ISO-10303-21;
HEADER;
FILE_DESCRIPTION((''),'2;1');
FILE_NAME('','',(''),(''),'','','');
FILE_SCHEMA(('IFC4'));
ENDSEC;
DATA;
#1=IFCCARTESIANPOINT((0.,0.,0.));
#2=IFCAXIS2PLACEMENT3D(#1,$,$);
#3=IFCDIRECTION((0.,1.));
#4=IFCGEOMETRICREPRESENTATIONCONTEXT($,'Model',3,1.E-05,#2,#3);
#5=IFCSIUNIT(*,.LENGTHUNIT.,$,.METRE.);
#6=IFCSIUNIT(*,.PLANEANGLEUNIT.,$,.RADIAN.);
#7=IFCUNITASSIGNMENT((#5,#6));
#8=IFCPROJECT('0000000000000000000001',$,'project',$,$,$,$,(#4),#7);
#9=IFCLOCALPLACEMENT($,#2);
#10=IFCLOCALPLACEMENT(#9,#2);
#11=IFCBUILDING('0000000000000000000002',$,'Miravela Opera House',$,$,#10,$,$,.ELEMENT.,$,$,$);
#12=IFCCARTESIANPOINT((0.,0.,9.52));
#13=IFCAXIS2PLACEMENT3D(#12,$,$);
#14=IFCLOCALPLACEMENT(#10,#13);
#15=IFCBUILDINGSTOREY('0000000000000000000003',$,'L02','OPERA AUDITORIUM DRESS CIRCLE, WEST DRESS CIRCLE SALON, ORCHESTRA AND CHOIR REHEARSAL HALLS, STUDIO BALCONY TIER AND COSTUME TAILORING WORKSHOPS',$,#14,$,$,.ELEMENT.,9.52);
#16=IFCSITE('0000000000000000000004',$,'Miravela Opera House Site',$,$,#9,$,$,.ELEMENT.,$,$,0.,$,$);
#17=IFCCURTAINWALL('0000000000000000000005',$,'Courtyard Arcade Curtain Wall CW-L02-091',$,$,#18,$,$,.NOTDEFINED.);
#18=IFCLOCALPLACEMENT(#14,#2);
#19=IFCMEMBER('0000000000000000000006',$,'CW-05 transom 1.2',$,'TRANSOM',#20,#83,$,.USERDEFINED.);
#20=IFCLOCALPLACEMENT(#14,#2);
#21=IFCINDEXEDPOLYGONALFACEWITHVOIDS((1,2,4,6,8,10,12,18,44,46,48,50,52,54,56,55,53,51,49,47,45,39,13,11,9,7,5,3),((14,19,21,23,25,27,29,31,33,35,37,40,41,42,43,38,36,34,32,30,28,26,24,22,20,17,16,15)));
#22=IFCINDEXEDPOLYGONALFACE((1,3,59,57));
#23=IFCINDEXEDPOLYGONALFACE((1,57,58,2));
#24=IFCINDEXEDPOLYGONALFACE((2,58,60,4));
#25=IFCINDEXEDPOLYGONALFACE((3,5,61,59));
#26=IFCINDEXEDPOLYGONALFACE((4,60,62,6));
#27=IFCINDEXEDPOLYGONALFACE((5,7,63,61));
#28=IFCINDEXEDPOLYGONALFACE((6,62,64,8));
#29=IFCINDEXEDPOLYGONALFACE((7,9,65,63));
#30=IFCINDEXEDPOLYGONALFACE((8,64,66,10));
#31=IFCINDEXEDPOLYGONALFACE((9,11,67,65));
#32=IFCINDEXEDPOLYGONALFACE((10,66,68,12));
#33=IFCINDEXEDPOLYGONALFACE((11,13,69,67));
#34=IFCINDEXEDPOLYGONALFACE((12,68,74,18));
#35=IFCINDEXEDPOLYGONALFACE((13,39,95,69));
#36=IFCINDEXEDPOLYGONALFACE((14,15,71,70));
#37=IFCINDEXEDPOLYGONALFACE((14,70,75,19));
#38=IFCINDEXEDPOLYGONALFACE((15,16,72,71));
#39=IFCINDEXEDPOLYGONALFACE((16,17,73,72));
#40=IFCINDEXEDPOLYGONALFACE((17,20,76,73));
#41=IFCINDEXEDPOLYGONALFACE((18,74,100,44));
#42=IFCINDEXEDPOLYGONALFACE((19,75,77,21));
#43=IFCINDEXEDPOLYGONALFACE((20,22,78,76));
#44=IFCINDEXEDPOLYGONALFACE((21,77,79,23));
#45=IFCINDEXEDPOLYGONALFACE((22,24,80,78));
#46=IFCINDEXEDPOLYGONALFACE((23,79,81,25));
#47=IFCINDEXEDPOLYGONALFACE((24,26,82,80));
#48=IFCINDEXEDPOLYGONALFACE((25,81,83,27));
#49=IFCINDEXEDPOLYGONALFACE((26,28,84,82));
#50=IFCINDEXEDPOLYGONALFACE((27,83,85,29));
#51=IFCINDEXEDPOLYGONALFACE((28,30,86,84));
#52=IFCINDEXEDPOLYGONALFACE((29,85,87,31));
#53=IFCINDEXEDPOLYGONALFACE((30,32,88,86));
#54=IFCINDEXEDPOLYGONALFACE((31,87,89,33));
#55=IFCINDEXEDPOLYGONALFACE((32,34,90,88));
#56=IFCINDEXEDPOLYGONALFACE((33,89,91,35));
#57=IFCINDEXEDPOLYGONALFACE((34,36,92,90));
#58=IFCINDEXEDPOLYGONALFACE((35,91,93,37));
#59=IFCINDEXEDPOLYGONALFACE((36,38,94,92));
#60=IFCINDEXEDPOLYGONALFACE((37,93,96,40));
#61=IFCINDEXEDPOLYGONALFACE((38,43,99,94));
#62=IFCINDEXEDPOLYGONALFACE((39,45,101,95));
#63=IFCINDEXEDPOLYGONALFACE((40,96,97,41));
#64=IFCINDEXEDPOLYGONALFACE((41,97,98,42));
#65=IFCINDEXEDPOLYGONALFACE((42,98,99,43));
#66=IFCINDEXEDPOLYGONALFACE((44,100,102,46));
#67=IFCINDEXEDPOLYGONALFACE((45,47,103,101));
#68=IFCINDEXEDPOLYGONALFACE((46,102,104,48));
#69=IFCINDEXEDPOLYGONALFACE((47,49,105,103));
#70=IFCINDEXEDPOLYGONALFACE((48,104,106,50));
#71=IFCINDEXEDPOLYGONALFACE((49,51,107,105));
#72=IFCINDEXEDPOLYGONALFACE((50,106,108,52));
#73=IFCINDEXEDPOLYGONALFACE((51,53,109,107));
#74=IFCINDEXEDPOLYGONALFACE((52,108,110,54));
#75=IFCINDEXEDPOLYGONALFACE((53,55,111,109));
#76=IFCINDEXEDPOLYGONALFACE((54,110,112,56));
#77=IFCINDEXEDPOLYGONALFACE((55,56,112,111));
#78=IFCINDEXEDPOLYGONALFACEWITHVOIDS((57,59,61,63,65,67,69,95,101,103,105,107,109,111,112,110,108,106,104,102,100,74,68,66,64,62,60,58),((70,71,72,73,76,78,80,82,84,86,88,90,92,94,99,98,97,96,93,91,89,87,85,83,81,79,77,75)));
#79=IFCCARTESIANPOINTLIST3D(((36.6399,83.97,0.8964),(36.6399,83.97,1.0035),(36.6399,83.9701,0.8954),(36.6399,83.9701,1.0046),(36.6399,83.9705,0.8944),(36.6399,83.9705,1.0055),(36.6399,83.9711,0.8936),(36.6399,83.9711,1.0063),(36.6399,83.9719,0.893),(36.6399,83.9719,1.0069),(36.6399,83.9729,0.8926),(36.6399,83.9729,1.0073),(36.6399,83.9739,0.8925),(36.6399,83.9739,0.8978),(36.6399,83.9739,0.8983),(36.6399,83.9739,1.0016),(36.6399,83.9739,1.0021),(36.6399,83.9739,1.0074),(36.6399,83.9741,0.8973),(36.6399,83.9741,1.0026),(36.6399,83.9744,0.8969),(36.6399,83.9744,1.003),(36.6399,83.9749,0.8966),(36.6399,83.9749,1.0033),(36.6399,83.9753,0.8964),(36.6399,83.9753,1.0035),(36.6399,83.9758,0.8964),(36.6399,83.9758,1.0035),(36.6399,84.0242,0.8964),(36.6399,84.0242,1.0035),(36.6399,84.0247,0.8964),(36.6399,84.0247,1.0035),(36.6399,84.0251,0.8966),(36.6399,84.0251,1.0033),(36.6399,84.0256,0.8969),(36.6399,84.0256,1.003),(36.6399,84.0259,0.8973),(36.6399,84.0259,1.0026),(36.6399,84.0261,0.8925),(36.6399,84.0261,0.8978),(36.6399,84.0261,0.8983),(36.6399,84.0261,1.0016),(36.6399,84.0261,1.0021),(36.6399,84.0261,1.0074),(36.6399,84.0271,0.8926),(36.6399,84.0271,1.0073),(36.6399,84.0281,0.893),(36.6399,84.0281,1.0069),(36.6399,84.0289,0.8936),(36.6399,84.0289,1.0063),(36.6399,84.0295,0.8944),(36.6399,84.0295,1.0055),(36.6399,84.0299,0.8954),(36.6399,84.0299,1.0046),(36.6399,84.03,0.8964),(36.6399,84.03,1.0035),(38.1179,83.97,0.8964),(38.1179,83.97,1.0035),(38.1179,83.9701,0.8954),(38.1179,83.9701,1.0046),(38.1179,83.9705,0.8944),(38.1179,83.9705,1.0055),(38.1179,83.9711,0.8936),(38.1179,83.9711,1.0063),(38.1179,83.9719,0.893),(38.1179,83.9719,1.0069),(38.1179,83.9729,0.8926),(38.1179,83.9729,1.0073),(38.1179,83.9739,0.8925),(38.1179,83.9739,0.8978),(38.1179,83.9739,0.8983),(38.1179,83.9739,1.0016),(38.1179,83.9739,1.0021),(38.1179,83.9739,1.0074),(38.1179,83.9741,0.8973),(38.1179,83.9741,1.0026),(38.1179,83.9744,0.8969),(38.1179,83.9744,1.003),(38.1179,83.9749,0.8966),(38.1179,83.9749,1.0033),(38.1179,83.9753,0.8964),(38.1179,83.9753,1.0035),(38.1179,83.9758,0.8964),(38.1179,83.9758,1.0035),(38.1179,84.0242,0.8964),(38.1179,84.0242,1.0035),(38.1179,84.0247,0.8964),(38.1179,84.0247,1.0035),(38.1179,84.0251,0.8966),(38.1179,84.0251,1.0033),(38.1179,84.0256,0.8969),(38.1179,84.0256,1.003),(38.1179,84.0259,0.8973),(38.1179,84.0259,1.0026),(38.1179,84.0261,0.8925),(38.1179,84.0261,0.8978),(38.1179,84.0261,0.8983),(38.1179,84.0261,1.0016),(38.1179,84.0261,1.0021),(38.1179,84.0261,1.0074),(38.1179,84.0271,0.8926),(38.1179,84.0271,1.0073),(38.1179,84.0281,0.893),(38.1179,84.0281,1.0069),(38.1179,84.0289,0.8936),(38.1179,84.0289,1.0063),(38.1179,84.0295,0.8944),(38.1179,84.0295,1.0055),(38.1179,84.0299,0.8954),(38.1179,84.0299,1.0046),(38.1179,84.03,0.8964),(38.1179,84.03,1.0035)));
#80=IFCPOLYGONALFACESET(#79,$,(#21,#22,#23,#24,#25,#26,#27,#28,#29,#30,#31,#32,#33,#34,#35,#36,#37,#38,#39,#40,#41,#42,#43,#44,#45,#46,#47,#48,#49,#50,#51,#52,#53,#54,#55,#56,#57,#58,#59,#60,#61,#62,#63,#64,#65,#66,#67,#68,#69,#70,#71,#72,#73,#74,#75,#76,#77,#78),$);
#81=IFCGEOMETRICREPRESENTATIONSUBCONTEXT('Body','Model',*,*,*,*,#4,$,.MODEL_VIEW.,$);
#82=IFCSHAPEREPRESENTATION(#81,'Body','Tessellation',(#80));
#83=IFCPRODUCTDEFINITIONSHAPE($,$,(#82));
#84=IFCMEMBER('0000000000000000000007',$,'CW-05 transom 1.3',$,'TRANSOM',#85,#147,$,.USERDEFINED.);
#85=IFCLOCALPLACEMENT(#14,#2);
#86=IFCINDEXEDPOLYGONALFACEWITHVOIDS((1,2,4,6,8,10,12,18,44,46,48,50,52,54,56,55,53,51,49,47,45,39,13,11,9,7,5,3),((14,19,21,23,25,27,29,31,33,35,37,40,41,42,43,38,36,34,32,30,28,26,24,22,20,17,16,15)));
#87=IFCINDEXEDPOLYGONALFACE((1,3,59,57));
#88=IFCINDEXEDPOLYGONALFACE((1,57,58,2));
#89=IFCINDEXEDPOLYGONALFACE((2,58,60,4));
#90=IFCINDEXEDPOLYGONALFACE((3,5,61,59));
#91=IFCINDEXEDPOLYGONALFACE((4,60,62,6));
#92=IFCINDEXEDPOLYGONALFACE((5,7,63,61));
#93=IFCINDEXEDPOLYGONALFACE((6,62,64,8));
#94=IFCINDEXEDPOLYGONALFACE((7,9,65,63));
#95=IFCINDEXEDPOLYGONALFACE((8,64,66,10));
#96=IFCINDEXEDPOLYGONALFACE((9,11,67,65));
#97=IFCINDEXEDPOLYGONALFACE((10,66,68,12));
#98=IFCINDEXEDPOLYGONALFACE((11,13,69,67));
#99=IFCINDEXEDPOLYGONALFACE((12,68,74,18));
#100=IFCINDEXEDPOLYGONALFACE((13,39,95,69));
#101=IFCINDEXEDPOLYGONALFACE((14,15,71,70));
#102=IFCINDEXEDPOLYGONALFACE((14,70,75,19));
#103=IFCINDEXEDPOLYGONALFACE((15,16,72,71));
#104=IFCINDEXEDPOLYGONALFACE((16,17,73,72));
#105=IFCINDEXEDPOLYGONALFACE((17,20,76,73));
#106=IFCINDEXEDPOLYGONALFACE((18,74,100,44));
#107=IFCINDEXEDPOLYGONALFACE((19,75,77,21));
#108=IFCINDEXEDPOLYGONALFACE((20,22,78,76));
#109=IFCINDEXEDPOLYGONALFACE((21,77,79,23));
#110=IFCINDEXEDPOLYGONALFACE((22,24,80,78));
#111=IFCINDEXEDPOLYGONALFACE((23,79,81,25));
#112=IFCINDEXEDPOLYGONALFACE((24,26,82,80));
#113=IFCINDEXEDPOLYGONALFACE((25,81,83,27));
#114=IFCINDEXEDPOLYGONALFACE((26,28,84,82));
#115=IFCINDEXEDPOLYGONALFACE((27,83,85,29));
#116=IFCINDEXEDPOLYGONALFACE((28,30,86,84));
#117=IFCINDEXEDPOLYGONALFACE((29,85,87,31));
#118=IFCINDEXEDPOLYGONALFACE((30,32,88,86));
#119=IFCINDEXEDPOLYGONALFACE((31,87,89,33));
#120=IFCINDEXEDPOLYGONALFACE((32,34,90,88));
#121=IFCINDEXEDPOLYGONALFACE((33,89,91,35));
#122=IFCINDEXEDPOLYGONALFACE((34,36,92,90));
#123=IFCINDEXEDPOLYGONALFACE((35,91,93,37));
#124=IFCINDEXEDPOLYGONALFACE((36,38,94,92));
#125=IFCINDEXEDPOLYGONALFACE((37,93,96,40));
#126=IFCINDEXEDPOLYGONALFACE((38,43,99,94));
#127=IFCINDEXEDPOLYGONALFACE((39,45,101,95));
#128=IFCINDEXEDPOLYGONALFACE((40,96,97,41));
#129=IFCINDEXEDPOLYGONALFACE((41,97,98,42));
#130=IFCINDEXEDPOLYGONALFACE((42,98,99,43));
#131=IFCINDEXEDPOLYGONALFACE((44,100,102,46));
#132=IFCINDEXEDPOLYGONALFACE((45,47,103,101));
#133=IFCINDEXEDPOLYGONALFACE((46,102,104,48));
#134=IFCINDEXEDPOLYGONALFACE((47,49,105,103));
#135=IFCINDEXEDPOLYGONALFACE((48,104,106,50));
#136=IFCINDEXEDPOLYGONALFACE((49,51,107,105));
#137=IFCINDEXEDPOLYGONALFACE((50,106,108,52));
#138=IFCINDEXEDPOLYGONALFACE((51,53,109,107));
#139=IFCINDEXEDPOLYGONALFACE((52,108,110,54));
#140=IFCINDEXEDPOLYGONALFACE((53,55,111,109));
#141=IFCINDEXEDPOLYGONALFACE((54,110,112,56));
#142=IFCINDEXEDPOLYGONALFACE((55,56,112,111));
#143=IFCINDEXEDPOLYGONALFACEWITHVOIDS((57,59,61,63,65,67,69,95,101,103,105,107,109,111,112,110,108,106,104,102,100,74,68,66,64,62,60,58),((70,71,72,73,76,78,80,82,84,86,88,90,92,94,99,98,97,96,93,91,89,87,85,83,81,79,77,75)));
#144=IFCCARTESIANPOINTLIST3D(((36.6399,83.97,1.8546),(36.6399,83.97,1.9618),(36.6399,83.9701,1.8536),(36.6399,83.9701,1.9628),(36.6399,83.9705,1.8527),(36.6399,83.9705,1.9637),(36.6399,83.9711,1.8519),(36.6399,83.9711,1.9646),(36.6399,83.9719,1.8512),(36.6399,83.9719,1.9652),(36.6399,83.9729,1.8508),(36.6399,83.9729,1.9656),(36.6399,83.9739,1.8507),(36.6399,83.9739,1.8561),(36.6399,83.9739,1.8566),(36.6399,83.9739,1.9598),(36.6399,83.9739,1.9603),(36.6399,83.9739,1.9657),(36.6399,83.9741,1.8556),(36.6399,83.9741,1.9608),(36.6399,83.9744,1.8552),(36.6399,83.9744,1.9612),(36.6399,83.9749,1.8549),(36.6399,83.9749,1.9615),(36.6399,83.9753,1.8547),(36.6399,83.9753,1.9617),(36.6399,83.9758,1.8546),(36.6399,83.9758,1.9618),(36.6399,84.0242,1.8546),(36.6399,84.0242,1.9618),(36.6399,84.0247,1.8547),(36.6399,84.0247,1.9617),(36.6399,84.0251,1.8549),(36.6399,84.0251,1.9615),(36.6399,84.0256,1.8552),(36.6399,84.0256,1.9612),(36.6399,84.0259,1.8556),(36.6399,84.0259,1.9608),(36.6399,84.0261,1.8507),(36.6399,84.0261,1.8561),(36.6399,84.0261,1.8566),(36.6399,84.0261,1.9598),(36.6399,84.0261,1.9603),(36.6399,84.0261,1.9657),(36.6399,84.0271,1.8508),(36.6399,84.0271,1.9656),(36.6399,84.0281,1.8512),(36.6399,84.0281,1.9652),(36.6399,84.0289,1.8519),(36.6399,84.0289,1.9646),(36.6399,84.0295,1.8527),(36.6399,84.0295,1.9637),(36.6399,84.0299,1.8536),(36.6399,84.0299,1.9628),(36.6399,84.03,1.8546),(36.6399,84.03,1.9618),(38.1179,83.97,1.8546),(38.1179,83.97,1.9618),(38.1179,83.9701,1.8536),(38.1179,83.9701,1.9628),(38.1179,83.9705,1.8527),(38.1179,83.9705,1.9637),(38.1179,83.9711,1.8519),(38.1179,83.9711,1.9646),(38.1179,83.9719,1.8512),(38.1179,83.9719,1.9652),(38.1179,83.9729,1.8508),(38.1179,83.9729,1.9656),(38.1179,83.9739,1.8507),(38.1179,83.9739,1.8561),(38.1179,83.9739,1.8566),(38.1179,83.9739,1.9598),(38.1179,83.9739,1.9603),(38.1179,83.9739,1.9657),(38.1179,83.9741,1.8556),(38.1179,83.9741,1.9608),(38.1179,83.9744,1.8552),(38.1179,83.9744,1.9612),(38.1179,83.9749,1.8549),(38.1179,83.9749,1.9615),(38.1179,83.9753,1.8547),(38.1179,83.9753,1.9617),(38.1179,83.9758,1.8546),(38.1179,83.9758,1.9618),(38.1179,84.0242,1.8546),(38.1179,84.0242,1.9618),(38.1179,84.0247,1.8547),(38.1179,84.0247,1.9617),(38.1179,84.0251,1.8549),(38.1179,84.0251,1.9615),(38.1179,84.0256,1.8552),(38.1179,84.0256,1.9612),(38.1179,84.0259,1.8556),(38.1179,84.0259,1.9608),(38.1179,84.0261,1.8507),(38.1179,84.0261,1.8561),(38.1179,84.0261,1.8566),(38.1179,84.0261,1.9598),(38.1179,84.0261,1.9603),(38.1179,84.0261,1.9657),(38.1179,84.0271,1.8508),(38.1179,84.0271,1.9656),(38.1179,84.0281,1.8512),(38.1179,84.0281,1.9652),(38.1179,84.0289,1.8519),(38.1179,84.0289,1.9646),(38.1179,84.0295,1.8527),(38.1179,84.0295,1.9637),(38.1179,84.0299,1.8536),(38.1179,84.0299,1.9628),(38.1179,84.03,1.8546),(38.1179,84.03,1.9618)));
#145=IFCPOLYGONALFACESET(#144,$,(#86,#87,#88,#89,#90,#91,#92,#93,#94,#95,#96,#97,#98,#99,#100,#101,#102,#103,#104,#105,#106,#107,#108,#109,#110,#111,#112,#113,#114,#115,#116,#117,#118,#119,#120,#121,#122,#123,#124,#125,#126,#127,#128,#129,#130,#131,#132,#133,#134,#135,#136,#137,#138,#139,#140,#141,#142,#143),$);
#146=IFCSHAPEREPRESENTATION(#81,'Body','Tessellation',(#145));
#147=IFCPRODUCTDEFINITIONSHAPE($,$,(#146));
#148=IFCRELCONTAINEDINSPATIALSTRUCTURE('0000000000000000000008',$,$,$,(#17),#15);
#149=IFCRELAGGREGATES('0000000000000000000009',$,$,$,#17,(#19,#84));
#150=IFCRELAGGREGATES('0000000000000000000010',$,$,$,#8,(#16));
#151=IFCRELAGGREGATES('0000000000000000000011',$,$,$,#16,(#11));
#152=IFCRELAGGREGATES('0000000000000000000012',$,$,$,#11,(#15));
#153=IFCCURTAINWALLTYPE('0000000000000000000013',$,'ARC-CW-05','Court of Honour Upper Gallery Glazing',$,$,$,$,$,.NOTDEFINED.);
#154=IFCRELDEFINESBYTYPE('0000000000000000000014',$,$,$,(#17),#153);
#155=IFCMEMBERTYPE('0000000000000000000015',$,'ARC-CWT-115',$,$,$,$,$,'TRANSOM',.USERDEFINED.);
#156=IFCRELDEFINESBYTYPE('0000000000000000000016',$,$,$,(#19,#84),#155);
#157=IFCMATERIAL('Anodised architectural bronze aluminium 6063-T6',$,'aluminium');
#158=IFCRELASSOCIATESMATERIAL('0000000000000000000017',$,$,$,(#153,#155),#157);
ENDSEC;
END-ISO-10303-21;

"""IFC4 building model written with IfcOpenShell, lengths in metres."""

from ifc_helpers import new_model, si_unit, direction, frame, origin, origin_2d, place, context, subcontext, project, spatial, hollow_rectangle, extrude, material, material_profile, profile_set, type_object, element, aggregate, save


model = new_model("IFC4")

# Units and contexts
model_context = context("Model", 3, precision=1e-05, world=origin(), true_north=direction((0.0, 1.0)))
body_context = subcontext(model_context, "Body", "Model", "MODEL_VIEW")
ifc_project = project(units=[si_unit("LENGTHUNIT", "METRE"), si_unit("PLANEANGLEUNIT", "RADIAN")], contexts=[model_context])

# Site, building, storey
site_placement = place(None, origin())
site = spatial("IfcSite", under=ifc_project, at=site_placement, Name="Miravela Opera House Site", CompositionType="ELEMENT", RefElevation=0.0)
building_placement = place(site_placement, origin())
building = spatial("IfcBuilding", under=site, at=building_placement, Name="Miravela Opera House", CompositionType="ELEMENT")
storey_placement = place(building_placement, frame((0.0, 0.0, 9.52)))
storey = spatial("IfcBuildingStorey", under=building, at=storey_placement, Name="L02", Description="OPERA AUDITORIUM DRESS CIRCLE, WEST DRESS CIRCLE SALON, ORCHESTRA AND CHOIR REHEARSAL HALLS, STUDIO BALCONY TIER AND COSTUME TAILORING WORKSHOPS", CompositionType="ELEMENT", Elevation=9.52)

# Shared definitions
ifc_material_1 = material(Name="Anodised architectural bronze aluminium 6063-T6", Category="aluminium")
curtain_wall_type = type_object("IfcCurtainWallType", Name="ARC-CW-05", Description="Court of Honour Upper Gallery Glazing", PredefinedType="NOTDEFINED", material=ifc_material_1)

# Curtain wall
curtain_wall_1_placement = place(storey_placement, origin())
curtain_wall_1 = element("IfcCurtainWall", 1, at=curtain_wall_1_placement, inside=storey, type_object=curtain_wall_type, Name="Courtyard Arcade Curtain Wall CW-L02-091", PredefinedType="NOTDEFINED")

# Members
ifc_material_profile_1 = material_profile(ifc_material_1, hollow_rectangle(XDim=0.0601, YDim=0.115, WallThickness=0.0039, InnerFilletRadius=0.002, OuterFilletRadius=0.0039, at=origin_2d()), Name="CWT-60X115")
ifc_profile_set_1 = profile_set([ifc_material_profile_1])
member_type_1 = type_object("IfcMemberType", Name="ARC-CWT-115", ElementType="TRANSOM", PredefinedType="USERDEFINED", material=ifc_profile_set_1)
member_1_placement = place(storey_placement, frame((36.6399, 84.0, 0.95), z_axis=(1.0, 0.0, 0.0), x_axis=(0.0, 1.0, 0.0)))
member_1 = element("IfcMember", 2, at=member_1_placement, type_object=member_type_1, Name="CW-05 transom 1.2", ObjectType="TRANSOM", PredefinedType="USERDEFINED", context=body_context, shape_type="SweptSolid", body=[
    extrude(hollow_rectangle(XDim=0.0601, YDim=0.115, WallThickness=0.0039, InnerFilletRadius=0.002, OuterFilletRadius=0.0039, at=origin_2d()), origin(), (0.0, 0.0, 1.0), 1.478),
])
member_2_placement = place(storey_placement, frame((36.6399, 84.0, 1.9082), z_axis=(1.0, 0.0, 0.0), x_axis=(0.0, 1.0, 0.0)))
member_2 = element("IfcMember", 3, at=member_2_placement, type_object=member_type_1, Name="CW-05 transom 1.3", ObjectType="TRANSOM", PredefinedType="USERDEFINED", context=body_context, shape_type="SweptSolid", body=[
    extrude(hollow_rectangle(XDim=0.0601, YDim=0.115, WallThickness=0.0039, InnerFilletRadius=0.002, OuterFilletRadius=0.0039, at=origin_2d()), origin(), (0.0, 0.0, 1.0), 1.478),
])

aggregate(curtain_wall_1, [member_1, member_2])

save(model, "model.ifc")
